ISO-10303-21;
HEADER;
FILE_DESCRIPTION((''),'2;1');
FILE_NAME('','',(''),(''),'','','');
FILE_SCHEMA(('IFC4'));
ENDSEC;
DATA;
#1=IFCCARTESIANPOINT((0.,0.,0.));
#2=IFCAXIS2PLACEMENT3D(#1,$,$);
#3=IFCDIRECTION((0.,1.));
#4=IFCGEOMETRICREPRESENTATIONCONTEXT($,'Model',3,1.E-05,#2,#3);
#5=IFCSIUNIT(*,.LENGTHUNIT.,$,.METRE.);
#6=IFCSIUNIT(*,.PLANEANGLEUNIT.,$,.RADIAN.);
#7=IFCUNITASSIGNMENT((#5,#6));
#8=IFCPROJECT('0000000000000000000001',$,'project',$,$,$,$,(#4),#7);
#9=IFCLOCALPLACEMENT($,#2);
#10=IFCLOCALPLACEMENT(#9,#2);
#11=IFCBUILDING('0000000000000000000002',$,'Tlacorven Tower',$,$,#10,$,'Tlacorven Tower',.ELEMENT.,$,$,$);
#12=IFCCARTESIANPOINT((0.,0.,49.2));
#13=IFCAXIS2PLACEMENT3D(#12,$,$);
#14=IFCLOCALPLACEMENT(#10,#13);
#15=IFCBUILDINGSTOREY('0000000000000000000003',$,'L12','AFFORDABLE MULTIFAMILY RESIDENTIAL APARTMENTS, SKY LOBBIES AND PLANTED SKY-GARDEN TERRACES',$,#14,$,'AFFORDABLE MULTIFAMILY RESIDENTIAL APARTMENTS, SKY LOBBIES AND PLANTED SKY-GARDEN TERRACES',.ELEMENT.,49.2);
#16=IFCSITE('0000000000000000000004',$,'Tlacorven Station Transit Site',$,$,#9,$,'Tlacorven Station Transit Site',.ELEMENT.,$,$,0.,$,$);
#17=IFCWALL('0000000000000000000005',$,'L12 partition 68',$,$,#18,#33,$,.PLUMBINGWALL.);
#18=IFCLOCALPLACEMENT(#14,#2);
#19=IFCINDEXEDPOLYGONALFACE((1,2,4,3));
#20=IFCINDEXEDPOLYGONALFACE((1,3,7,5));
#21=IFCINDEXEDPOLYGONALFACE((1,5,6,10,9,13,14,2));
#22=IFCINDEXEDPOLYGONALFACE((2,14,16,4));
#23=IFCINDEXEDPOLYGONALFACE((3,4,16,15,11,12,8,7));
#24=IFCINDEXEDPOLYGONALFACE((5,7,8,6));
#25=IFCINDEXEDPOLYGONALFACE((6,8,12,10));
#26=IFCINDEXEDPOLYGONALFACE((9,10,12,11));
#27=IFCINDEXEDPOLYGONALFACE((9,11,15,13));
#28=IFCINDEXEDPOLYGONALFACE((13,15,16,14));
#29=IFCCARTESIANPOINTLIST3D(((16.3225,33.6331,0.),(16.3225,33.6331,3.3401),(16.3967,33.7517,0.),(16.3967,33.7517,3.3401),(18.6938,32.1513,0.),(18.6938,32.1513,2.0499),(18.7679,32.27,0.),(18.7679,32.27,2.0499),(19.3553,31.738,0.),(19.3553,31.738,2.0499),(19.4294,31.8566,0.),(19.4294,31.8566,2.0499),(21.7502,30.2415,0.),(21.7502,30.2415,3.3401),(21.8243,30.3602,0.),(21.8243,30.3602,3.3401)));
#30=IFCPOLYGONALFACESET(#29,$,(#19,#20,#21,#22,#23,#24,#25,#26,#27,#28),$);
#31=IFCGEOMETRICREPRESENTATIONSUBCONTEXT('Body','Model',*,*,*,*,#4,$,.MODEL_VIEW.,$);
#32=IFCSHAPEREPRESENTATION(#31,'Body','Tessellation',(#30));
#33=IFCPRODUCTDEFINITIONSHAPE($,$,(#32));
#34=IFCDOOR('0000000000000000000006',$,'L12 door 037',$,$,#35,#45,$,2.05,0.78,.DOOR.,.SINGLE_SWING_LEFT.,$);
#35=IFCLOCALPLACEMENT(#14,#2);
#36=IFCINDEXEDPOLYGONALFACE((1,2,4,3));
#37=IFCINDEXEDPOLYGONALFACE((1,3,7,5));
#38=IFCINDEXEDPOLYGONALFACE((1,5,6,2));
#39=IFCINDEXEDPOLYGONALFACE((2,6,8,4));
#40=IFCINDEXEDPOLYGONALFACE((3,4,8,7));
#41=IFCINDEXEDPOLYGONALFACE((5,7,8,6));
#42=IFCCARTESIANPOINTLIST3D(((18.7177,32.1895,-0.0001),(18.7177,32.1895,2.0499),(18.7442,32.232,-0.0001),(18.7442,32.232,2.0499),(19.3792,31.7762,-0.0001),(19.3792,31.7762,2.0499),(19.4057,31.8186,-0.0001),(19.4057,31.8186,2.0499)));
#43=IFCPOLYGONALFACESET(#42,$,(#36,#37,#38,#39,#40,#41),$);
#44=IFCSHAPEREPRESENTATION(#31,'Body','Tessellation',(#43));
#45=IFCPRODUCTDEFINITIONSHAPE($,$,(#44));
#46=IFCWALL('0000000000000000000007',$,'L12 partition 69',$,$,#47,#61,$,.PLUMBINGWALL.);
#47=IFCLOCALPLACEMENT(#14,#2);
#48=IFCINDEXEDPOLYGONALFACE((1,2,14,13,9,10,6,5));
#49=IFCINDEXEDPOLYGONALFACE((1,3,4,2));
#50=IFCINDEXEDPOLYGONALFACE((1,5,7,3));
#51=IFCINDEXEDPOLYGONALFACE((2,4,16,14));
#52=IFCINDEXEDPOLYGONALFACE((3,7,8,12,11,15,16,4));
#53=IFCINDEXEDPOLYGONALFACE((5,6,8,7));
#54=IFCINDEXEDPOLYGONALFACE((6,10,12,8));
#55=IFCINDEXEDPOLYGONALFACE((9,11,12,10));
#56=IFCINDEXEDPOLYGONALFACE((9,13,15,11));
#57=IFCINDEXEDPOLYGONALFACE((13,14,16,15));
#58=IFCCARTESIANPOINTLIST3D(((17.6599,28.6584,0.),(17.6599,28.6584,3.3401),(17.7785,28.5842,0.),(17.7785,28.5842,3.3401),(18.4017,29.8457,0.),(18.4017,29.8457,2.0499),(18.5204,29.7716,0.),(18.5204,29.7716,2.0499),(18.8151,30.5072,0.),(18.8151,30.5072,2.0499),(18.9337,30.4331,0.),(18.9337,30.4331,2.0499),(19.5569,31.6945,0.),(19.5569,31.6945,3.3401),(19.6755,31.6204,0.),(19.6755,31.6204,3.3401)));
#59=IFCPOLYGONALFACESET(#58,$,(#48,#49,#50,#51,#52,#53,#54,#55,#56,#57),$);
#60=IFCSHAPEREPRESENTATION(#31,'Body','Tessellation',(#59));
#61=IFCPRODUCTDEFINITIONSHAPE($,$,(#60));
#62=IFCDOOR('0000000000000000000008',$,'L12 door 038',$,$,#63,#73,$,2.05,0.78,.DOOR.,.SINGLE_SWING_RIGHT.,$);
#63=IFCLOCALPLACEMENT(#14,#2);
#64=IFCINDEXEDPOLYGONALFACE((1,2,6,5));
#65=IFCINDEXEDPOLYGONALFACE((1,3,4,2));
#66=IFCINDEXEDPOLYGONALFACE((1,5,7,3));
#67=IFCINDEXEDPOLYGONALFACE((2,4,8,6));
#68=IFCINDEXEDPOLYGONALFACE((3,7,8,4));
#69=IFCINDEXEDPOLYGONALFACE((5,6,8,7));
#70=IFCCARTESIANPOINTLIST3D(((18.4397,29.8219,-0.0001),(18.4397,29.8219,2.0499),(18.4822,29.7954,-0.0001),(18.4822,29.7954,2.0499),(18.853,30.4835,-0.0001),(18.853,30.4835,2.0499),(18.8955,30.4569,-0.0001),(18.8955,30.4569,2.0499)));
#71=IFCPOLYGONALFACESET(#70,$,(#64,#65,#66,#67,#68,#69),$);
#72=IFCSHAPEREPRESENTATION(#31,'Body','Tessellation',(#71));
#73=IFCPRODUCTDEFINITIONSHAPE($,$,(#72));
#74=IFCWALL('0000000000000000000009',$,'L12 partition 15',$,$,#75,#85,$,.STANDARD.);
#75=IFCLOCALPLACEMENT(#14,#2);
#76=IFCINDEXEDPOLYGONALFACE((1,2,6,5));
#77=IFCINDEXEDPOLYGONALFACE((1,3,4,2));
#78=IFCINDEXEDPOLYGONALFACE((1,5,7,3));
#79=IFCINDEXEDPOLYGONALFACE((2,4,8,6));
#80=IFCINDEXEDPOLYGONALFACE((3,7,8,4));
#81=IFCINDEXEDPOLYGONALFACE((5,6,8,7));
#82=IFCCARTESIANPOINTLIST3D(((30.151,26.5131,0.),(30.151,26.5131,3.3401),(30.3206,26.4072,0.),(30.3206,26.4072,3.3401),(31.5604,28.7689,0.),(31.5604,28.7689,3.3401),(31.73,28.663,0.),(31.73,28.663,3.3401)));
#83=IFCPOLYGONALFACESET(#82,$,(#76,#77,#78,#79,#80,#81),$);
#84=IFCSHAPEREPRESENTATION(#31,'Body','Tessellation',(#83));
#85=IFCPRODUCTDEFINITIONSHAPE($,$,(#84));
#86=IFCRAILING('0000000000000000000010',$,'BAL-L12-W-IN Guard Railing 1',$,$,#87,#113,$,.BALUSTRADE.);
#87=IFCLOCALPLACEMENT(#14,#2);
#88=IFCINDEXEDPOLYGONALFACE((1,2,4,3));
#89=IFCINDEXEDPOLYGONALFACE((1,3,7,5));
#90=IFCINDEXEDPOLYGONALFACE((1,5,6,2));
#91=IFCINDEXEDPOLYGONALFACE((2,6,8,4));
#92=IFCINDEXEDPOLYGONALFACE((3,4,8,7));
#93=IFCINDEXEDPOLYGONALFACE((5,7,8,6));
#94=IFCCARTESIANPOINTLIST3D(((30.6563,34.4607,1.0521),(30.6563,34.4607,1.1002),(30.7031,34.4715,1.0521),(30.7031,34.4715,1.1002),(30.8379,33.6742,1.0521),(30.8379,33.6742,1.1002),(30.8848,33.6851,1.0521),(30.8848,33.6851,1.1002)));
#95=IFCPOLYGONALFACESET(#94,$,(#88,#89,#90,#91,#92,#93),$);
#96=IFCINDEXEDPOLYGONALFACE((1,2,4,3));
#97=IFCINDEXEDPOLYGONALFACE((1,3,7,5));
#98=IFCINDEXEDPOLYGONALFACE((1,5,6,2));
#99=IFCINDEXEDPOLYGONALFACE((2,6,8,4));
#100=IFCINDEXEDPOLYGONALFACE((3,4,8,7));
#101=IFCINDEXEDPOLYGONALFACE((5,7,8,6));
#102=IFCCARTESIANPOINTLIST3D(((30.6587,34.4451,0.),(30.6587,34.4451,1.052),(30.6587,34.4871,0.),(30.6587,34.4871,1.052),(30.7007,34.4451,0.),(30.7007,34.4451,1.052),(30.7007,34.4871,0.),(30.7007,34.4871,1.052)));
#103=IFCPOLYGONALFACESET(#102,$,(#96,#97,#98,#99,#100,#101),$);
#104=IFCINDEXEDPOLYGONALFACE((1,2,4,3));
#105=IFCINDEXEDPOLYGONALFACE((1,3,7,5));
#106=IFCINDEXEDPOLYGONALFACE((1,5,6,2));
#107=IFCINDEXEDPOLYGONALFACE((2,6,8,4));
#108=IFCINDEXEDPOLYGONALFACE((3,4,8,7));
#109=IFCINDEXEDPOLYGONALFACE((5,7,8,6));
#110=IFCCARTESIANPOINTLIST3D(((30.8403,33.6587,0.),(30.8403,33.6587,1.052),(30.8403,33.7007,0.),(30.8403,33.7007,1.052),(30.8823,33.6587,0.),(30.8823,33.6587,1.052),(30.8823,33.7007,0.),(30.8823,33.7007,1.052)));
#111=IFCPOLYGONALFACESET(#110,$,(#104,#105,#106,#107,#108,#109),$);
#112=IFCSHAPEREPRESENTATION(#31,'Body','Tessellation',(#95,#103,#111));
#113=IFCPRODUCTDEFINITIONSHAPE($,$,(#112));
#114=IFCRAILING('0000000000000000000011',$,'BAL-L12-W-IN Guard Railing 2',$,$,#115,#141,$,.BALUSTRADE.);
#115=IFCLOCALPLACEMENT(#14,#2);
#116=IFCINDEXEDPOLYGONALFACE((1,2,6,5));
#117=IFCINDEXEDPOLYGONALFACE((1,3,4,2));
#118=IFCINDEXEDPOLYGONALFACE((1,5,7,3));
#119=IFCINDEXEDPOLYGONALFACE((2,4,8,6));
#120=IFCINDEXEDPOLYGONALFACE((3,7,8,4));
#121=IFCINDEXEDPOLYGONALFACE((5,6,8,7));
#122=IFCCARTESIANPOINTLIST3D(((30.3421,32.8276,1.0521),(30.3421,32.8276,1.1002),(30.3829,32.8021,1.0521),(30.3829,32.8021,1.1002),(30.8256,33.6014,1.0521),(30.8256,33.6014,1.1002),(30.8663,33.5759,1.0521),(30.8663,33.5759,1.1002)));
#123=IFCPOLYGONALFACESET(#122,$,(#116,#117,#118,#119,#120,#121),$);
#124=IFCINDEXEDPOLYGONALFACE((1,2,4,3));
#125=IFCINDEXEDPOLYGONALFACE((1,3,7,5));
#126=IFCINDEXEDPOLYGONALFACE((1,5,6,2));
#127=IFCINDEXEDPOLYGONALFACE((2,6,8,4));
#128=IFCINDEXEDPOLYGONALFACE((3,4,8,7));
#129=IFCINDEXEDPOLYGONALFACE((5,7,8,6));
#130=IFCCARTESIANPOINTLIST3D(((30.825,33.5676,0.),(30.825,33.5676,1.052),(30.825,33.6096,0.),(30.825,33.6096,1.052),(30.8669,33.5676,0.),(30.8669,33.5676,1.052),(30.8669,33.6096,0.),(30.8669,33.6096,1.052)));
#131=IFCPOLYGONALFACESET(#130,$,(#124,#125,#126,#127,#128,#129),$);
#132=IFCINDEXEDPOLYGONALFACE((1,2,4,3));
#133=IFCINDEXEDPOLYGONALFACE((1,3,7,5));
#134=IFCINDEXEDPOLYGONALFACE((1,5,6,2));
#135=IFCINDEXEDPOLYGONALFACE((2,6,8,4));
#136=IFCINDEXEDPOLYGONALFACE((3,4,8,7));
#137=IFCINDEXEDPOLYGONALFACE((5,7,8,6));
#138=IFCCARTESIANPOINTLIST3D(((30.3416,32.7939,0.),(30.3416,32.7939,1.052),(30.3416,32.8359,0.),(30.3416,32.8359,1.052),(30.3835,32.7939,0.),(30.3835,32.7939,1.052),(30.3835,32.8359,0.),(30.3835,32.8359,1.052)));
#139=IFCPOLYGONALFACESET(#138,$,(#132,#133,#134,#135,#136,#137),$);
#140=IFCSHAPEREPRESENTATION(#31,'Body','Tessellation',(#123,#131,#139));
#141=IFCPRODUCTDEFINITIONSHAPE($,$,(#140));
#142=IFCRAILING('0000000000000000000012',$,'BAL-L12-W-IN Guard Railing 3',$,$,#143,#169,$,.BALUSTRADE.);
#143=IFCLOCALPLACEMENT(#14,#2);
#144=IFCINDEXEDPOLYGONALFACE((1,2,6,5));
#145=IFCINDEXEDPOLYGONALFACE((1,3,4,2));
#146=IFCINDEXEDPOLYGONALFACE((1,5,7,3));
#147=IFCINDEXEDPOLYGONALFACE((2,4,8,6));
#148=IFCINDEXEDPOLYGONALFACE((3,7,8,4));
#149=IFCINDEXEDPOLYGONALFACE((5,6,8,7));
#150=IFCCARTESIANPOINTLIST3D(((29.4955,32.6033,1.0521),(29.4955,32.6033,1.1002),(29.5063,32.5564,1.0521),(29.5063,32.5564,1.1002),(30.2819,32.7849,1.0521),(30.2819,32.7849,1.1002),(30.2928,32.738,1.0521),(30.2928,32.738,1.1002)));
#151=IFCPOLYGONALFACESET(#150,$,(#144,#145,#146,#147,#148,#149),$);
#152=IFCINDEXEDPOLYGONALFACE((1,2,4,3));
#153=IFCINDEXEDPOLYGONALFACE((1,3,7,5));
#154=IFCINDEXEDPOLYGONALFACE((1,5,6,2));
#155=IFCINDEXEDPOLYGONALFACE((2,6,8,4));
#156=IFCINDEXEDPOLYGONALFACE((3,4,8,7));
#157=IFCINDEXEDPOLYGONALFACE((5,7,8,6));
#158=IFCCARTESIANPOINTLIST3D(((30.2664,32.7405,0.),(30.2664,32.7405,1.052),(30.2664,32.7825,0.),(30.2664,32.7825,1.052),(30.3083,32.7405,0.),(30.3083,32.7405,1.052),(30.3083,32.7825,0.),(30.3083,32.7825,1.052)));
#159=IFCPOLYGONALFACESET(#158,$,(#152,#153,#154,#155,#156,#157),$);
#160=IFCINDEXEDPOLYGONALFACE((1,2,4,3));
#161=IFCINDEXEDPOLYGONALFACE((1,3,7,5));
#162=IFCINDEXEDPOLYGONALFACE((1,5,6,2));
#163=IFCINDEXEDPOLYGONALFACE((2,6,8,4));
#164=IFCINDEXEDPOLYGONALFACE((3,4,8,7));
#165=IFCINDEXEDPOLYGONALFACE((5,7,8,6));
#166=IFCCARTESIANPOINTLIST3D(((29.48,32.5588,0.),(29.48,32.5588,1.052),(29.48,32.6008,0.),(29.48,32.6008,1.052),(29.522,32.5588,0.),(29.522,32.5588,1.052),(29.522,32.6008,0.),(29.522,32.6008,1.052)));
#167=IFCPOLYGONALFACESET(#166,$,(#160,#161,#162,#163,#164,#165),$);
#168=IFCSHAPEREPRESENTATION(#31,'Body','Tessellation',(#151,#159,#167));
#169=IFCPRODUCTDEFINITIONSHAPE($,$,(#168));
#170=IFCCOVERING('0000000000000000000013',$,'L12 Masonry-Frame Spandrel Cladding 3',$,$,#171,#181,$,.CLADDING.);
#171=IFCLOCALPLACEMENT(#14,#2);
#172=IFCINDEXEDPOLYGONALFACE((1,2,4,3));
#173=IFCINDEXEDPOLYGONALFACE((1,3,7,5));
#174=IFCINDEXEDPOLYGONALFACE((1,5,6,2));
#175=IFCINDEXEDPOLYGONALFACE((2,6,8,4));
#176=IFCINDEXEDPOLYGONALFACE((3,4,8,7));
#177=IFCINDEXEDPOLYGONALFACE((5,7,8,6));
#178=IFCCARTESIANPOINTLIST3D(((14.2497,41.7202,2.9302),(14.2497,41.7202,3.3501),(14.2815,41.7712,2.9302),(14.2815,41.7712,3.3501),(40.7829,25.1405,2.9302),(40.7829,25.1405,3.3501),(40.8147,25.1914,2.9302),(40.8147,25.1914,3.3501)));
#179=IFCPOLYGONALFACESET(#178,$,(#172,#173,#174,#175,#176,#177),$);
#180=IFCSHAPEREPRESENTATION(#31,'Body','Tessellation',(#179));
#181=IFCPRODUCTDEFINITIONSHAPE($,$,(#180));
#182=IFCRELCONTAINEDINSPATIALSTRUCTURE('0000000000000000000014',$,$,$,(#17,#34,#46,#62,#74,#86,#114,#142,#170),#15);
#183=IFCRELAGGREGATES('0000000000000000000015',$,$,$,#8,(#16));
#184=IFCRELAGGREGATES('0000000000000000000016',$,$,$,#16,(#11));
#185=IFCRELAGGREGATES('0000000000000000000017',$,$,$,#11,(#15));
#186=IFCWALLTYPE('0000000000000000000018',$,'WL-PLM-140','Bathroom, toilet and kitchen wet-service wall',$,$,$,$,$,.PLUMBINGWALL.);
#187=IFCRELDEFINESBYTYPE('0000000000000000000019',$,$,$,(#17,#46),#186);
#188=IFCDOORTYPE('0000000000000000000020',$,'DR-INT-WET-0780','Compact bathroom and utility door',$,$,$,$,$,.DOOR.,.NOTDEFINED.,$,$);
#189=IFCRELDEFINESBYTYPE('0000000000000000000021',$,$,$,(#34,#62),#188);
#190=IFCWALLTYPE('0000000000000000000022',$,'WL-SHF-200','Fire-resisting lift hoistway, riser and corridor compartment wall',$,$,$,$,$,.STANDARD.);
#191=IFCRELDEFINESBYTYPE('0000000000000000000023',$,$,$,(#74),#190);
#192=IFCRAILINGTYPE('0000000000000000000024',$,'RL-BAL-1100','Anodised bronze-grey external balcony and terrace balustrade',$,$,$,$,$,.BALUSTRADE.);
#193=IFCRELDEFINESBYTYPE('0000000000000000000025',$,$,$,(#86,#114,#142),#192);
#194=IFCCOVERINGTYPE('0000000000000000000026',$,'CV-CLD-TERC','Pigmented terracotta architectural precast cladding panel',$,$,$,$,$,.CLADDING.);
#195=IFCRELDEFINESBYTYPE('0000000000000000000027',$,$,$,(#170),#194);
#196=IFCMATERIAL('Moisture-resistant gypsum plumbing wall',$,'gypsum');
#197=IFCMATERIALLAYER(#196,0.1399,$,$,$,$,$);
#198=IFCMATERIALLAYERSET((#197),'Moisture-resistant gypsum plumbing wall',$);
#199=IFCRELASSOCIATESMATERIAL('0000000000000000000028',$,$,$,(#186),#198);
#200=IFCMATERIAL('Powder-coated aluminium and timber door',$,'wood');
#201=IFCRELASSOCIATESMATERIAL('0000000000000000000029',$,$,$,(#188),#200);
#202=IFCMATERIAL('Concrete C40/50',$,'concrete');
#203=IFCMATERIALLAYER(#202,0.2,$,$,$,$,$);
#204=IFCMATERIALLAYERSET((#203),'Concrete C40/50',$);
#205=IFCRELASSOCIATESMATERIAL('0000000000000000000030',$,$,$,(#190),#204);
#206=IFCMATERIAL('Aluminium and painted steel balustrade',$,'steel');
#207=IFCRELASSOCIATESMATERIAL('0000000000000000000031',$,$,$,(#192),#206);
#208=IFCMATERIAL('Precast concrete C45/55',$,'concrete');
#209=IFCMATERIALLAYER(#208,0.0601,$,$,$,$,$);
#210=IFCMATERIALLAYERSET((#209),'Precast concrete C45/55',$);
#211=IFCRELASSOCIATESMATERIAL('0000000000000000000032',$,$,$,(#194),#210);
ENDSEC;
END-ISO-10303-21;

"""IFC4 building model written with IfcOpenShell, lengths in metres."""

from ifc_helpers import new_model, si_unit, direction, frame, frame_2d, origin, origin_2d, place, context, subcontext, project, spatial, rectangle, extrude, source, transform, mapped, material, layer, layer_set, type_object, element, fill, save


model = new_model("IFC4")

# Units and contexts
model_context = context("Model", 3, precision=1e-05, world=origin(), true_north=direction((0.0, 1.0)))
body_context = subcontext(model_context, "Body", "Model", "MODEL_VIEW")
ifc_project = project(units=[si_unit("LENGTHUNIT", "METRE"), si_unit("PLANEANGLEUNIT", "RADIAN")], contexts=[model_context])

# Site, building, storey
site_placement = place(None, origin())
site = spatial("IfcSite", under=ifc_project, at=site_placement, Name="Tlacorven Station Transit Site", LongName="Tlacorven Station Transit Site", CompositionType="ELEMENT", RefElevation=0.0)
building_placement = place(site_placement, origin())
building = spatial("IfcBuilding", under=site, at=building_placement, Name="Tlacorven Tower", LongName="Tlacorven Tower", CompositionType="ELEMENT")
storey_placement = place(building_placement, frame((0.0, 0.0, 49.2)))
storey = spatial("IfcBuildingStorey", under=building, at=storey_placement, Name="L12", Description="AFFORDABLE MULTIFAMILY RESIDENTIAL APARTMENTS, SKY LOBBIES AND PLANTED SKY-GARDEN TERRACES", LongName="AFFORDABLE MULTIFAMILY RESIDENTIAL APARTMENTS, SKY LOBBIES AND PLANTED SKY-GARDEN TERRACES", CompositionType="ELEMENT", Elevation=49.2)

# Walls, openings, doors
ifc_material_1 = material(Name="Powder-coated aluminium and timber door", Category="wood")
ifc_material_2 = material(Name="Moisture-resistant gypsum plumbing wall", Category="gypsum")
ifc_layer_1 = layer(ifc_material_2, 0.1399)
ifc_layer_set_1 = layer_set([ifc_layer_1], Name="Moisture-resistant gypsum plumbing wall")
wall_type_1 = type_object("IfcWallType", Name="WL-PLM-140", Description="Bathroom, toilet and kitchen wet-service wall", PredefinedType="PLUMBINGWALL", material=ifc_layer_set_1)
wall_1_placement = place(storey_placement, frame((21.7874, 30.3008, 0.0), z_axis=(0.0, 0.0, 1.0), x_axis=(-0.84805, 0.529917, 0.0)))
wall_1 = element("IfcWall", 1, at=wall_1_placement, inside=storey, type_object=wall_type_1, Name="L12 partition 68", PredefinedType="PLUMBINGWALL", context=body_context, shape_type="SweptSolid", body=[
    extrude(rectangle(XDim=6.4001, YDim=0.1399, at=frame_2d((3.2002, 0.0))), origin(), (0.0, 0.0, 1.0), 3.3401),
])
opening_1_placement = place(wall_1_placement, frame((2.824, 0.0, 0.0)))
opening_1 = element("IfcOpeningElement", 2, at=opening_1_placement, cuts=wall_1, PredefinedType="OPENING", context=body_context, shape_type="SweptSolid", body=[
    extrude(rectangle(XDim=0.78, YDim=2.05, at=frame_2d((0.3901, 1.0249))), frame((0.0, 0.0801, 0.0), z_axis=(0.0, -1.0, 0.0), x_axis=(1.0, 0.0, 0.0)), (0.0, 0.0, 1.0), 0.1599),
])
door_type_1 = type_object("IfcDoorType", Name="DR-INT-WET-0780", Description="Compact bathroom and utility door", OperationType="NOTDEFINED", PredefinedType="DOOR", material=ifc_material_1)
shared_shape_1 = source(origin(), body_context, "Body", "SweptSolid", [
    extrude(rectangle(XDim=0.78, YDim=2.05, at=frame_2d((0.3901, 1.0249))), frame((0.0, 0.0249, 0.0), z_axis=(0.0, -1.0, 0.0), x_axis=(1.0, 0.0, 0.0)), (0.0, 0.0, 1.0), 0.05),
])
door_1_placement = place(opening_1_placement, origin())
door_1 = element("IfcDoor", 3, at=door_1_placement, inside=storey, type_object=door_type_1, Name="L12 door 037", OperationType="SINGLE_SWING_LEFT", OverallHeight=2.05, OverallWidth=0.78, PredefinedType="DOOR", context=body_context, shape_type="MappedRepresentation", body=[
    mapped(shared_shape_1, transform((0.0, 0.0, 0.0), scale=1.0)),
])
fill(opening_1, door_1)
wall_2_placement = place(storey_placement, frame((19.6162, 31.6575, 0.0), z_axis=(0.0, 0.0, 1.0), x_axis=(-0.529876, -0.848075, 0.0)))
wall_2 = element("IfcWall", 4, at=wall_2_placement, inside=storey, type_object=wall_type_1, Name="L12 partition 69", PredefinedType="PLUMBINGWALL", context=body_context, shape_type="SweptSolid", body=[
    extrude(rectangle(XDim=3.5801, YDim=0.1399, at=frame_2d((1.79, 0.0))), origin(), (0.0, 0.0, 1.0), 3.3401),
])
opening_2_placement = place(wall_2_placement, frame((1.3999, 0.0, 0.0)))
opening_2 = element("IfcOpeningElement", 5, at=opening_2_placement, cuts=wall_2, PredefinedType="OPENING", context=body_context, shape_type="SweptSolid", body=[
    extrude(rectangle(XDim=0.78, YDim=2.05, at=frame_2d((0.3901, 1.0249))), frame((0.0, 0.0801, 0.0), z_axis=(0.0, -1.0, 0.0), x_axis=(1.0, 0.0, 0.0)), (0.0, 0.0, 1.0), 0.1599),
])
door_2_placement = place(opening_2_placement, origin())
door_2 = element("IfcDoor", 6, at=door_2_placement, inside=storey, type_object=door_type_1, Name="L12 door 038", OperationType="SINGLE_SWING_RIGHT", OverallHeight=2.05, OverallWidth=0.78, PredefinedType="DOOR", context=body_context, shape_type="MappedRepresentation", body=[
    mapped(shared_shape_1, transform((0.0, 0.0, 0.0), scale=1.0)),
])
fill(opening_2, door_2)

# Wall
ifc_material_3 = material(Name="Concrete C40/50", Category="concrete")
ifc_layer_2 = layer(ifc_material_3, 0.2)
ifc_layer_set_2 = layer_set([ifc_layer_2], Name="Concrete C40/50")
wall_type_2 = type_object("IfcWallType", Name="WL-SHF-200", Description="Fire-resisting lift hoistway, riser and corridor compartment wall", PredefinedType="STANDARD", material=ifc_layer_set_2)
wall_3_placement = place(storey_placement, frame((31.6453, 28.7161, 0.0), z_axis=(0.0, 0.0, 1.0), x_axis=(-0.529867, -0.848081, 0.0)))
element("IfcWall", 7, at=wall_3_placement, inside=storey, type_object=wall_type_2, Name="L12 partition 15", PredefinedType="STANDARD", context=body_context, shape_type="SweptSolid", body=[
    extrude(rectangle(XDim=2.6599, YDim=0.2, at=frame_2d((1.3301, 0.0))), origin(), (0.0, 0.0, 1.0), 3.3401),
])

# Railings
ifc_material_4 = material(Name="Aluminium and painted steel balustrade", Category="steel")
railing_type = type_object("IfcRailingType", Name="RL-BAL-1100", Description="Anodised bronze-grey external balcony and terrace balustrade", PredefinedType="BALUSTRADE", material=ifc_material_4)
shared_shape_2 = source(origin(), body_context, "Body", "SweptSolid", [
    extrude(rectangle(XDim=0.0481, YDim=0.0481, at=origin_2d()), frame((0.0, 0.0, 1.0762), z_axis=(0.225058, -0.974345, 0.0), x_axis=(0.974345, 0.225058, 0.0)), (0.0, 0.0, 1.0), 0.8071),
    extrude(rectangle(XDim=0.042, YDim=0.042, at=origin_2d()), origin(), (0.0, 0.0, 1.0), 1.052),
    extrude(rectangle(XDim=0.042, YDim=0.042, at=origin_2d()), frame((0.1816, -0.7864, 0.0)), (0.0, 0.0, 1.0), 1.052),
])
railing_1_placement = place(storey_placement, frame((30.6797, 34.4661, 0.0)))
element("IfcRailing", 8, at=railing_1_placement, inside=storey, type_object=railing_type, Name="BAL-L12-W-IN Guard Railing 1", PredefinedType="BALUSTRADE", context=body_context, shape_type="MappedRepresentation", body=[
    mapped(shared_shape_2, transform((0.0, 0.0, 0.0), scale=1.0)),
])
shared_shape_3 = source(origin(), body_context, "Body", "SweptSolid", [
    extrude(rectangle(XDim=0.0481, YDim=0.0481, at=origin_2d()), frame((0.0, 0.0, 1.0762), z_axis=(-0.529879, -0.848073, 0.0), x_axis=(0.848073, -0.529879, 0.0)), (0.0, 0.0, 1.0), 0.9124),
    extrude(rectangle(XDim=0.042, YDim=0.042, at=origin_2d()), origin(), (0.0, 0.0, 1.0), 1.052),
    extrude(rectangle(XDim=0.042, YDim=0.042, at=origin_2d()), frame((-0.4834, -0.7737, 0.0)), (0.0, 0.0, 1.0), 1.052),
])
railing_2_placement = place(storey_placement, frame((30.8459, 33.5886, 0.0)))
element("IfcRailing", 9, at=railing_2_placement, inside=storey, type_object=railing_type, Name="BAL-L12-W-IN Guard Railing 2", PredefinedType="BALUSTRADE", context=body_context, shape_type="MappedRepresentation", body=[
    mapped(shared_shape_3, transform((0.0, 0.0, 0.0), scale=1.0)),
])
shared_shape_4 = source(origin(), body_context, "Body", "SweptSolid", [
    extrude(rectangle(XDim=0.0481, YDim=0.0481, at=origin_2d()), frame((0.0, 0.0, 1.0762), z_axis=(-0.974345, -0.225058, 0.0), x_axis=(0.225058, -0.974345, 0.0)), (0.0, 0.0, 1.0), 0.8071),
    extrude(rectangle(XDim=0.042, YDim=0.042, at=origin_2d()), origin(), (0.0, 0.0, 1.0), 1.052),
    extrude(rectangle(XDim=0.042, YDim=0.042, at=origin_2d()), frame((-0.7864, -0.1816, 0.0)), (0.0, 0.0, 1.0), 1.052),
])
railing_3_placement = place(storey_placement, frame((30.2874, 32.7615, 0.0)))
element("IfcRailing", 10, at=railing_3_placement, inside=storey, type_object=railing_type, Name="BAL-L12-W-IN Guard Railing 3", PredefinedType="BALUSTRADE", context=body_context, shape_type="MappedRepresentation", body=[
    mapped(shared_shape_4, transform((0.0, 0.0, 0.0), scale=1.0)),
])

# Covering
ifc_material_5 = material(Name="Precast concrete C45/55", Category="concrete")
ifc_layer_3 = layer(ifc_material_5, 0.0601)
ifc_layer_set_3 = layer_set([ifc_layer_3], Name="Precast concrete C45/55")
covering_type = type_object("IfcCoveringType", Name="CV-CLD-TERC", Description="Pigmented terracotta architectural precast cladding panel", PredefinedType="CLADDING", material=ifc_layer_set_3)
shared_shape_5 = source(origin(), body_context, "Body", "SweptSolid", [
    extrude(rectangle(XDim=31.2874, YDim=0.0601, at=origin_2d()), origin(), (0.0, 0.0, 1.0), 0.4199),
])
covering_placement = place(storey_placement, frame((27.5322, 33.4558, 2.9302), z_axis=(0.0, 0.0, 1.0), x_axis=(0.848048, -0.529919, 0.0)))
element("IfcCovering", 11, at=covering_placement, inside=storey, type_object=covering_type, Name="L12 Masonry-Frame Spandrel Cladding 3", PredefinedType="CLADDING", context=body_context, shape_type="MappedRepresentation", body=[
    mapped(shared_shape_5, transform((0.0, 0.0, 0.0), scale=1.0)),
])

save(model, "model.ifc")
